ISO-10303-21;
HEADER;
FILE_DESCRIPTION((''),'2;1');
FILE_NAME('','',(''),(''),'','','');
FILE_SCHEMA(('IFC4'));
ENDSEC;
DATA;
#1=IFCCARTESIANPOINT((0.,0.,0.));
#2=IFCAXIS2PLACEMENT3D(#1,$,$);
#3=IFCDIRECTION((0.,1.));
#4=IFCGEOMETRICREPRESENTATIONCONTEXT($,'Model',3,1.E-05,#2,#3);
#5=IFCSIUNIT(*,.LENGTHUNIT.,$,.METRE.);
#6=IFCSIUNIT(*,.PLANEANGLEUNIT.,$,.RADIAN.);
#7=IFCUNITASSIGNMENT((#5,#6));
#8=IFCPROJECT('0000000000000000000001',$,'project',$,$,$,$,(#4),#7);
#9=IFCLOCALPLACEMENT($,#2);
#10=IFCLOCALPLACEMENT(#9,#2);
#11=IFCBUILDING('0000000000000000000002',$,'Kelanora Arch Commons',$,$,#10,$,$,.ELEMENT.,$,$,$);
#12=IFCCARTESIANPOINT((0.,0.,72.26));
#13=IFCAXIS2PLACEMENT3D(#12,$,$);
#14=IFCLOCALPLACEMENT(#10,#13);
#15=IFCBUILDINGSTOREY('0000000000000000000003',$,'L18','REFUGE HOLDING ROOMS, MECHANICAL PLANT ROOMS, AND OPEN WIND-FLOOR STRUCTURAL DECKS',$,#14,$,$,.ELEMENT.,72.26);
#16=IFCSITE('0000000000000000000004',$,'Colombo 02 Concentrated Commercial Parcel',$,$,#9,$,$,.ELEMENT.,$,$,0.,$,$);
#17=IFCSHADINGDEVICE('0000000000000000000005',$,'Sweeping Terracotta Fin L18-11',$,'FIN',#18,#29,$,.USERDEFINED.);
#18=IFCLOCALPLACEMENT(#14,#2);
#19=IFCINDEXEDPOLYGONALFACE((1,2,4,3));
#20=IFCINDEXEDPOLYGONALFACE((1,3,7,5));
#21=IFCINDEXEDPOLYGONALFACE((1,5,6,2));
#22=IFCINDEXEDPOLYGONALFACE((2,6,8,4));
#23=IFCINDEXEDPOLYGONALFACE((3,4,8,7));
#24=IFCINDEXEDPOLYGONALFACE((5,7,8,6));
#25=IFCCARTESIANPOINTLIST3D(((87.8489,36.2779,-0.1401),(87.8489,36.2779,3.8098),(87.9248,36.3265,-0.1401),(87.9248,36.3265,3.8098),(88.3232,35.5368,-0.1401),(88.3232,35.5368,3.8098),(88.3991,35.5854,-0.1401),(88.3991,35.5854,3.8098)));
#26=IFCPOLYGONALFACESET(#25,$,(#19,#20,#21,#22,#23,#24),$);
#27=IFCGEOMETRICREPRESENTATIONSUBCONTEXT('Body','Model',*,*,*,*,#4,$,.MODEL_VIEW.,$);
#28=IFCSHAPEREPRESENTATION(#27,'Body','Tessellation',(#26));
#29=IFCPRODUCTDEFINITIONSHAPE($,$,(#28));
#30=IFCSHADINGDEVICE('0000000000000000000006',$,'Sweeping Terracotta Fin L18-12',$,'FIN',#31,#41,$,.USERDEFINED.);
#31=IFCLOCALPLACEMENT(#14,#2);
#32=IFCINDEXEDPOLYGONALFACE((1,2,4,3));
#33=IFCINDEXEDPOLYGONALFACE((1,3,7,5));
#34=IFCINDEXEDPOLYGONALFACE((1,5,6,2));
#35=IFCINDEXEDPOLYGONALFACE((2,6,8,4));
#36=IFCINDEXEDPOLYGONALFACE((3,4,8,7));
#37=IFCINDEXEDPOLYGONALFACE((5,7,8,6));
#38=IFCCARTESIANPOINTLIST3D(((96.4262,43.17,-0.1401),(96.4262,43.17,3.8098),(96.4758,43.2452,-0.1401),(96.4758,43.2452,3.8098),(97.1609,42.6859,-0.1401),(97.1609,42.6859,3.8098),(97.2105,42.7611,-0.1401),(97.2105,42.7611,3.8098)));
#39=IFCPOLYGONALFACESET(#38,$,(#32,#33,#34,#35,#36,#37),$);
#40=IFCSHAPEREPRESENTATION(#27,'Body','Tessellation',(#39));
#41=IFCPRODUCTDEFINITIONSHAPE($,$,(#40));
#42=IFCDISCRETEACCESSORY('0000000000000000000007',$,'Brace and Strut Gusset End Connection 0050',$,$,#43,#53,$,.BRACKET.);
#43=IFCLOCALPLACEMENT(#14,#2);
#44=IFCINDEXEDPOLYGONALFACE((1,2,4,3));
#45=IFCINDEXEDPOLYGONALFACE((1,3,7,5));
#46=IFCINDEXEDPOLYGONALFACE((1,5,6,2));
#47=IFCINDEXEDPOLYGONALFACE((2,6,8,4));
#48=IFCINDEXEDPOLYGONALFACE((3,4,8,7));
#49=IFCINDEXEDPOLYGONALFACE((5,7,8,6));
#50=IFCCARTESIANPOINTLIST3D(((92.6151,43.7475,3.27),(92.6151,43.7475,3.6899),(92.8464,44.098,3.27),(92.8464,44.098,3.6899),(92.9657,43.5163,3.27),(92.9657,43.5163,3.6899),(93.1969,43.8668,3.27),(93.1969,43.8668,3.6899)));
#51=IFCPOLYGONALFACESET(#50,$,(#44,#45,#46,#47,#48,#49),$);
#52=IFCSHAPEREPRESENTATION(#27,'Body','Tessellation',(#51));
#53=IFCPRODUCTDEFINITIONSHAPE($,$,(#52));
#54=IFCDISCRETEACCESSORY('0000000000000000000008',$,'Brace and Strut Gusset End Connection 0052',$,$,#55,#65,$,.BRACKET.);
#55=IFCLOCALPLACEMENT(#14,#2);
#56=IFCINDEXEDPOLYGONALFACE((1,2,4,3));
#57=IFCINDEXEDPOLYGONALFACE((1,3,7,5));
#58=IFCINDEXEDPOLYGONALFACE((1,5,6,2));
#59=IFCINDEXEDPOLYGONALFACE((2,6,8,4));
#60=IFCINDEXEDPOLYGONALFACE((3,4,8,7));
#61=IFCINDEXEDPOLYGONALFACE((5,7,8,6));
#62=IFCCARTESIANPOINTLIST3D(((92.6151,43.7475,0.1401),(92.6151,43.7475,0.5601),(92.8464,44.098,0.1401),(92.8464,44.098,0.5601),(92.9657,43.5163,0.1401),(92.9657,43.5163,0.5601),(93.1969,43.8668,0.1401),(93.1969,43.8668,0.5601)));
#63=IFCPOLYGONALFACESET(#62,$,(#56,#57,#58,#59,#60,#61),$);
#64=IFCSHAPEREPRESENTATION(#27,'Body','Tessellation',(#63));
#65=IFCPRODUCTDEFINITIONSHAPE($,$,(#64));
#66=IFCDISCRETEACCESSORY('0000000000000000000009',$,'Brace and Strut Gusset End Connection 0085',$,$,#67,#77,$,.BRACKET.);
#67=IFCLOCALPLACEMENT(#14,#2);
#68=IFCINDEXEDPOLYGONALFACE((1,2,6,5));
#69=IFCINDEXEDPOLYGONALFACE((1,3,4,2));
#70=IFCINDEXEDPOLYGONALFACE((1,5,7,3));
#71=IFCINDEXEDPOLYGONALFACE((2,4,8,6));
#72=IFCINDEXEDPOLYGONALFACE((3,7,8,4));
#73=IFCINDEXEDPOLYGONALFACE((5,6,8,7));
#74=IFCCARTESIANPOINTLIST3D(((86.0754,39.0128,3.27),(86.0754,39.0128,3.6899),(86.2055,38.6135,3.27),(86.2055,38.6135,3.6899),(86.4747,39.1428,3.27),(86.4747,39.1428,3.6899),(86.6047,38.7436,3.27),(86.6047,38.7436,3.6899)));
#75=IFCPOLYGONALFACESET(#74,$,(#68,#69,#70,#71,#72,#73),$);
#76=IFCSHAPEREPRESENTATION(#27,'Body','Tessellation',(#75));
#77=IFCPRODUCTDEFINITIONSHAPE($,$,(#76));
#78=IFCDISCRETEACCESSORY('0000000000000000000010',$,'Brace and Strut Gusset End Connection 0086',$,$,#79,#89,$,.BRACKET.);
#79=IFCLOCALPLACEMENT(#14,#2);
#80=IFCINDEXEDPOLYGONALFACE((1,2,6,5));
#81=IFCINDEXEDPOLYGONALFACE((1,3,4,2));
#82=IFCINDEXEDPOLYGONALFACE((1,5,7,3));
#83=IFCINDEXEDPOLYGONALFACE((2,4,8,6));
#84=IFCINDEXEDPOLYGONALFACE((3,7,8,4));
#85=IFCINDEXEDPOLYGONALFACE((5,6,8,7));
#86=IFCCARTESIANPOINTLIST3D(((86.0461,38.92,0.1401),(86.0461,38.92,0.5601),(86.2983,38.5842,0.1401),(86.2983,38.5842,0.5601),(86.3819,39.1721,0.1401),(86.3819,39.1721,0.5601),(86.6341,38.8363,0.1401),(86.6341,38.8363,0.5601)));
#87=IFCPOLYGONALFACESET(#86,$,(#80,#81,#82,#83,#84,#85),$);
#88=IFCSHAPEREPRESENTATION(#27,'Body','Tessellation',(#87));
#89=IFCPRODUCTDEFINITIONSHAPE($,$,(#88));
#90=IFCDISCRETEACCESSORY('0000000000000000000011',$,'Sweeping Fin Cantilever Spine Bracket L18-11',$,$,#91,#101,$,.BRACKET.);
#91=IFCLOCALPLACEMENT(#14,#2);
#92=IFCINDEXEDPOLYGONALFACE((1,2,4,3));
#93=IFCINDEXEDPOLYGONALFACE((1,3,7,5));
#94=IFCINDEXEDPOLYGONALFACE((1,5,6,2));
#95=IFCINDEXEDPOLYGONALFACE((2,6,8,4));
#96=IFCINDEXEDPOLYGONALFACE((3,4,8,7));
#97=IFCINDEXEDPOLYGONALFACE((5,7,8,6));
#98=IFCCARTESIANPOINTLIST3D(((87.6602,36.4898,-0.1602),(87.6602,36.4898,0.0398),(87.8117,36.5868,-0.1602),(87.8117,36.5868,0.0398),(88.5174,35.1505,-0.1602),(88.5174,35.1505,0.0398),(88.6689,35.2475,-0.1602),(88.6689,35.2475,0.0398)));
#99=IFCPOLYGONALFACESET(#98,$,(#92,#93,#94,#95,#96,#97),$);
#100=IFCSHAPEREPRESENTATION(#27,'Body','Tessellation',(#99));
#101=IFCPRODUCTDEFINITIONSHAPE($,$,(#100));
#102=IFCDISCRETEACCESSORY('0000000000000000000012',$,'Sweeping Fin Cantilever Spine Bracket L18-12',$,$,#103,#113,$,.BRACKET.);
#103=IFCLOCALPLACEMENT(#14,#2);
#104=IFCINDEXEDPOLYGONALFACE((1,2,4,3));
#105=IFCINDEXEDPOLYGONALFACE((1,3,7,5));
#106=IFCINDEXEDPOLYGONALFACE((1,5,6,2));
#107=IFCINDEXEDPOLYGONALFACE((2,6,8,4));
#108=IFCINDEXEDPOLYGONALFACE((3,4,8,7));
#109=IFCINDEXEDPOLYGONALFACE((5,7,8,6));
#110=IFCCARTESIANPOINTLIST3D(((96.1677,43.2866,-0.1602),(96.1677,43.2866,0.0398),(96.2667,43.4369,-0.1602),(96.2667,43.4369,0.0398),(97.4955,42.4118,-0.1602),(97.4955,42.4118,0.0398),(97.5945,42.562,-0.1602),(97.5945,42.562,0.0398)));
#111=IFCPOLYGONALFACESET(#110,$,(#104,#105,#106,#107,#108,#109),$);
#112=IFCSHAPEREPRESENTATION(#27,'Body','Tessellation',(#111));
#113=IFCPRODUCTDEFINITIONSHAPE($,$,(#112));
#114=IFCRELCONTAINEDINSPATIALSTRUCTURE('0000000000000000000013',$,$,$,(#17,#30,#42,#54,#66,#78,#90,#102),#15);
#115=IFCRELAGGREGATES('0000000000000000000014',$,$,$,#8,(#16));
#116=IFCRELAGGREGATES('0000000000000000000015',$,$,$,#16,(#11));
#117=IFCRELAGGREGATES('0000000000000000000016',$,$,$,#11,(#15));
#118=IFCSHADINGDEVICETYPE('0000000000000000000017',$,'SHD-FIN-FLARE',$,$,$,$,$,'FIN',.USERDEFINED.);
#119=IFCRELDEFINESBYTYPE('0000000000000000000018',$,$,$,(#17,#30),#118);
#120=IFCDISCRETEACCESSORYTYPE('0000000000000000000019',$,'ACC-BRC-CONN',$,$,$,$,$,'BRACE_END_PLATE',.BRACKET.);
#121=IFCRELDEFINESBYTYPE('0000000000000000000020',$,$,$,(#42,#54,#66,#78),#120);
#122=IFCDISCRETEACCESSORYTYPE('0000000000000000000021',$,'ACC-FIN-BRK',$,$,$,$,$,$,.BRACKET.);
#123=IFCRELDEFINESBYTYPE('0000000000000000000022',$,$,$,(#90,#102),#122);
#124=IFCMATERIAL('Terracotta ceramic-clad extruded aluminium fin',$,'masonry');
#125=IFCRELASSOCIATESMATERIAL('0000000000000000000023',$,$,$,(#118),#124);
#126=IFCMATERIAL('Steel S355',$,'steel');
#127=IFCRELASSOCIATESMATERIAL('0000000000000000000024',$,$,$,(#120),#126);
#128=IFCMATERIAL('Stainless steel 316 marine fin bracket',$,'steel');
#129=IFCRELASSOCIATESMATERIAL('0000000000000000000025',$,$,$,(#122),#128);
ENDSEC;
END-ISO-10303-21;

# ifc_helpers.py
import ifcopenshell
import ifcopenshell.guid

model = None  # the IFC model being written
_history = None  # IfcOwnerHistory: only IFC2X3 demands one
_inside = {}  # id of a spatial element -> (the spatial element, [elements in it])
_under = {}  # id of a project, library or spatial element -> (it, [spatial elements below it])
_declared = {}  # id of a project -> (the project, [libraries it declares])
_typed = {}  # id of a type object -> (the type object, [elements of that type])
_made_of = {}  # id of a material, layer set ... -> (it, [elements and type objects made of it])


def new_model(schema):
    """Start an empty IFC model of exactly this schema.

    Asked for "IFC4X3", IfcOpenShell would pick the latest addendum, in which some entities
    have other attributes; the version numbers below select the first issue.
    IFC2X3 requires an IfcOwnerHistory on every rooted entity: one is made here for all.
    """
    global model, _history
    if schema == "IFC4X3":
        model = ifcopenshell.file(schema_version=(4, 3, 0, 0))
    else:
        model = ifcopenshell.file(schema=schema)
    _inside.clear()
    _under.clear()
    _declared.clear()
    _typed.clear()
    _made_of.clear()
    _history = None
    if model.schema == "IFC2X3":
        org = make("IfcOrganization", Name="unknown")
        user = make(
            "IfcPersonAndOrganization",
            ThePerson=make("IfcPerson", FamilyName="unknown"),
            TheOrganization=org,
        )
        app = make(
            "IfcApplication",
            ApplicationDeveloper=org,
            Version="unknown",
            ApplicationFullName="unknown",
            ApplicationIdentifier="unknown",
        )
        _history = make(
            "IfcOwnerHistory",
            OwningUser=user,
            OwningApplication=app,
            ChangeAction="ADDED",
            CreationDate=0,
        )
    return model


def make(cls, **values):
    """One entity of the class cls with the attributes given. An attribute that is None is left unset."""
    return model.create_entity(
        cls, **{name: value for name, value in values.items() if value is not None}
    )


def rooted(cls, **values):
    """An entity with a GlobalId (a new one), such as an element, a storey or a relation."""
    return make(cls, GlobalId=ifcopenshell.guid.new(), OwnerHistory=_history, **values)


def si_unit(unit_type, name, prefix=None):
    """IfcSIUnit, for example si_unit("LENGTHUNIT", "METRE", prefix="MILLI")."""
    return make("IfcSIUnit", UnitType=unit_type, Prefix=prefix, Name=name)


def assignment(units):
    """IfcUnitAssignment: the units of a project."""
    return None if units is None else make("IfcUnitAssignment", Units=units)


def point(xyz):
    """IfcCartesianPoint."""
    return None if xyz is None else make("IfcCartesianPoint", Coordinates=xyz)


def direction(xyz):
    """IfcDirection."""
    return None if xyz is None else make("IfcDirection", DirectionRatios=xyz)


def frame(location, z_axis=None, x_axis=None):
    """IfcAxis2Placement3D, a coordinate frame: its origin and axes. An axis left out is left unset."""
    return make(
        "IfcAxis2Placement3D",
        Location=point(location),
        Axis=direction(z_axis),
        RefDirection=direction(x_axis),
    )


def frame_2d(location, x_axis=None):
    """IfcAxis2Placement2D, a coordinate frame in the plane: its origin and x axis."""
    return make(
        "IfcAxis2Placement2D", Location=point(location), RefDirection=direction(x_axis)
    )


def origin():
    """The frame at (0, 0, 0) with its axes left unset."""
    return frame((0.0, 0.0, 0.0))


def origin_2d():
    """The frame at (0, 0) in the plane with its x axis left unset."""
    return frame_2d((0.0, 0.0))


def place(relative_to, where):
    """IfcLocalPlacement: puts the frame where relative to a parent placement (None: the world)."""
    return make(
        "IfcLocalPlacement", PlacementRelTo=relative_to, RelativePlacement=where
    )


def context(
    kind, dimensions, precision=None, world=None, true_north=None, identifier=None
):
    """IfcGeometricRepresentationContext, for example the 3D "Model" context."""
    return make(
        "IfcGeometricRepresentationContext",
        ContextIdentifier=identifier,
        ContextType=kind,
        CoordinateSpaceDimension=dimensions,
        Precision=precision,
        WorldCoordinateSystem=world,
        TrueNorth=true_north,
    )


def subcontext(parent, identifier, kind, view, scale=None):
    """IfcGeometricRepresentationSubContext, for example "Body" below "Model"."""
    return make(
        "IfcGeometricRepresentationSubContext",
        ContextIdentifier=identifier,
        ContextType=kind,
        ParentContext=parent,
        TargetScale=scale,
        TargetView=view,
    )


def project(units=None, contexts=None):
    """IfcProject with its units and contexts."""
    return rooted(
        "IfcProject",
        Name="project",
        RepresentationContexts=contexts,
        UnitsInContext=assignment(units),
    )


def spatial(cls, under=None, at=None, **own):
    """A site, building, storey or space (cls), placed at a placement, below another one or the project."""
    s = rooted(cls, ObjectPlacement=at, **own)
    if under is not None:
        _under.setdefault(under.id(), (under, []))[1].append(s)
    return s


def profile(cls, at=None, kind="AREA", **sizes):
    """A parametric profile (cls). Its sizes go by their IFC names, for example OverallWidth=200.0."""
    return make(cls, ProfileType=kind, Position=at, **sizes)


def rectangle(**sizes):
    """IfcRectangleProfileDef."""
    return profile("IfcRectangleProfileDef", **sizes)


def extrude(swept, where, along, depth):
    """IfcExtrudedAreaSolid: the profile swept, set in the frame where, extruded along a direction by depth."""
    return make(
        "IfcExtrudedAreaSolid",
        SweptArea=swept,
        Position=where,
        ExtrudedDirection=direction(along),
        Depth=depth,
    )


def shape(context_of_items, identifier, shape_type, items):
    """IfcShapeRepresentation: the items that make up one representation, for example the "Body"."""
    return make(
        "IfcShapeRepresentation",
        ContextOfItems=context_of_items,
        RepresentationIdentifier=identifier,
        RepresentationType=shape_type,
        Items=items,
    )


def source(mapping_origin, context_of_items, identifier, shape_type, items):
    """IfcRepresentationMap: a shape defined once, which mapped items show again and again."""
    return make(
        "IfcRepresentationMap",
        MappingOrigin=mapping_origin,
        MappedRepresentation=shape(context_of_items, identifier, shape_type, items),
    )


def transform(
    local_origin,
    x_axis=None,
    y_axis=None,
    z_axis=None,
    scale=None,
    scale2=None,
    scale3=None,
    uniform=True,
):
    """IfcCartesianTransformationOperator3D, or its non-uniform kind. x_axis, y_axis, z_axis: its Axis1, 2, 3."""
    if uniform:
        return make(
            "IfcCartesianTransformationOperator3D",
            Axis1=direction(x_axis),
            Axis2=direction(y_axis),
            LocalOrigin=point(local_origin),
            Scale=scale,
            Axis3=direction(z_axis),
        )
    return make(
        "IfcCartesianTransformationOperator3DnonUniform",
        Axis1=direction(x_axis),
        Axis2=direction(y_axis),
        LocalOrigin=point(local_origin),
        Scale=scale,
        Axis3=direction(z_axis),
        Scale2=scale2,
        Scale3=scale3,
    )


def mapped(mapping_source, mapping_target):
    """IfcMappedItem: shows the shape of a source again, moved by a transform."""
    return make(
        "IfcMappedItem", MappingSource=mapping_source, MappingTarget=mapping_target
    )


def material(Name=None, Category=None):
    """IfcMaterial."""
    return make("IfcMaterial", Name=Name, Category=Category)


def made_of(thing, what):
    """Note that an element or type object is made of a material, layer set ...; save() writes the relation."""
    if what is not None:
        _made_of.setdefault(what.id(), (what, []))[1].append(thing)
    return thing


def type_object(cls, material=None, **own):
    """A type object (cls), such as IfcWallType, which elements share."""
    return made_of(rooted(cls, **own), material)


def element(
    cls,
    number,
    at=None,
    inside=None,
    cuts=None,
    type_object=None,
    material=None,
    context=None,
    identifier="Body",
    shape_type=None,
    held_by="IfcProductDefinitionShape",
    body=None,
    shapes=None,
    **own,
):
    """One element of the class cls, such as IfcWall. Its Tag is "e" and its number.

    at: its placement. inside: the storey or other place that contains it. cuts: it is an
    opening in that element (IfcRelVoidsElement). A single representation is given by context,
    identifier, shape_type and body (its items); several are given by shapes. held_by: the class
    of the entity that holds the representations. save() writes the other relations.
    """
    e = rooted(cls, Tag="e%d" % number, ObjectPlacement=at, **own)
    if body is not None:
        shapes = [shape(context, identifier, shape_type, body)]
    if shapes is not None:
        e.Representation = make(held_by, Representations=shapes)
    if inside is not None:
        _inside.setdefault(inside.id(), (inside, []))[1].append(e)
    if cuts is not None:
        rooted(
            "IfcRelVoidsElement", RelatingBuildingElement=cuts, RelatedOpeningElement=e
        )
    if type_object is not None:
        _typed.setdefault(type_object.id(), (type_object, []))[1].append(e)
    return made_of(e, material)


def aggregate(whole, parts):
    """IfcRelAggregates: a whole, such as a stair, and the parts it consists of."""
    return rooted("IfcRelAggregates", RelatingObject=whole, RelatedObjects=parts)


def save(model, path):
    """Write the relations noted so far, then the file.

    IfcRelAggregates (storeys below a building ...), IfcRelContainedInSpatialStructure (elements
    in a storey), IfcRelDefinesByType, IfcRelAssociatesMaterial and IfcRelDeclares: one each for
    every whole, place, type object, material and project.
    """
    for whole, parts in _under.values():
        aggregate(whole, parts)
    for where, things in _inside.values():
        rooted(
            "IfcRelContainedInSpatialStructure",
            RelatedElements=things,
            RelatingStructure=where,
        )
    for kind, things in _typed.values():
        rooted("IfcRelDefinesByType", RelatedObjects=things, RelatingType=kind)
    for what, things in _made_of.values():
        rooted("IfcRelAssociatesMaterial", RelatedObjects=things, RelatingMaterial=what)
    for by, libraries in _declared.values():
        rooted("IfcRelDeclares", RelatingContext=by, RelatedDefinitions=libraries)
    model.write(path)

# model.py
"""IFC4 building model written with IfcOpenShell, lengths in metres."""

from ifc_helpers import new_model, si_unit, direction, frame, origin, origin_2d, place, context, subcontext, project, spatial, rectangle, extrude, source, transform, mapped, material, type_object, element, save


model = new_model("IFC4")

# Units and contexts
model_context = context("Model", 3, precision=1e-05, world=origin(), true_north=direction((0.0, 1.0)))
body_context = subcontext(model_context, "Body", "Model", "MODEL_VIEW")
ifc_project = project(units=[si_unit("LENGTHUNIT", "METRE"), si_unit("PLANEANGLEUNIT", "RADIAN")], contexts=[model_context])

# Site, building, storey
site_placement = place(None, origin())
site = spatial("IfcSite", under=ifc_project, at=site_placement, Name="Colombo 02 Concentrated Commercial Parcel", CompositionType="ELEMENT", RefElevation=0.0)
building_placement = place(site_placement, origin())
building = spatial("IfcBuilding", under=site, at=building_placement, Name="Kelanora Arch Commons", CompositionType="ELEMENT")
storey_placement = place(building_placement, frame((0.0, 0.0, 72.26)))
storey = spatial("IfcBuildingStorey", under=building, at=storey_placement, Name="L18", Description="REFUGE HOLDING ROOMS, MECHANICAL PLANT ROOMS, AND OPEN WIND-FLOOR STRUCTURAL DECKS", CompositionType="ELEMENT", Elevation=72.26)

# Shared definitions
ifc_material_1 = material(Name="Steel S355", Category="steel")

# Shading devices
ifc_material_2 = material(Name="Terracotta ceramic-clad extruded aluminium fin", Category="masonry")
shading_device_type = type_object("IfcShadingDeviceType", Name="SHD-FIN-FLARE", ElementType="FIN", PredefinedType="USERDEFINED", material=ifc_material_2)
shared_shape_1 = source(origin(), body_context, "Body", "SweptSolid", [
    extrude(rectangle(XDim=0.8799, YDim=0.0901, at=origin_2d()), origin(), (0.0, 0.0, 1.0), 3.95),
])
for number, where, z_axis, x_axis, name in (
    (1, (88.124, 35.9316, -0.1401), (0.0, 0.0, 1.0), (0.539065, -0.842264, 0.0), "Sweeping Terracotta Fin L18-11"),
    (2, (96.8184, 42.9656, -0.1401), (0.0, 0.0, 1.0), (0.83504, -0.550189, 0.0), "Sweeping Terracotta Fin L18-12"),
):
    element("IfcShadingDevice", number, at=place(storey_placement, frame(where, z_axis=z_axis, x_axis=x_axis)), inside=storey, type_object=shading_device_type, Name=name, ObjectType="FIN", PredefinedType="USERDEFINED", context=body_context, shape_type="MappedRepresentation", body=[
        mapped(shared_shape_1, transform((0.0, 0.0, 0.0), scale=1.0)),
    ])

# Discrete accessories
discrete_accessory_type_1 = type_object("IfcDiscreteAccessoryType", Name="ACC-BRC-CONN", ElementType="BRACE_END_PLATE", PredefinedType="BRACKET", material=ifc_material_1)
shared_shape_2 = source(origin(), body_context, "Body", "SweptSolid", [
    extrude(rectangle(XDim=0.4199, YDim=0.4199, at=origin_2d()), origin(), (0.0, 0.0, 1.0), 0.4199),
])
for number, where, z_axis, x_axis, name in (
    (3, (92.906, 43.8071, 3.27), (0.0, 0.0, 1.0), (0.834752, -0.550626, 0.0), "Brace and Strut Gusset End Connection 0050"),
    (4, (92.906, 43.8071, 0.1401), (0.0, 0.0, 1.0), (0.834752, -0.550626, 0.0), "Brace and Strut Gusset End Connection 0052"),
    (5, (86.3401, 38.8782, 3.27), (0.0, 0.0, 1.0), (0.950841, 0.309681, 0.0), "Brace and Strut Gusset End Connection 0085"),
    (6, (86.3401, 38.8782, 0.1401), (0.0, 0.0, 1.0), (0.799685, 0.60042, 0.0), "Brace and Strut Gusset End Connection 0086"),
):
    element("IfcDiscreteAccessory", number, at=place(storey_placement, frame(where, z_axis=z_axis, x_axis=x_axis)), inside=storey, type_object=discrete_accessory_type_1, Name=name, PredefinedType="BRACKET", context=body_context, shape_type="MappedRepresentation", body=[
        mapped(shared_shape_2, transform((0.0, 0.0, 0.0), scale=1.0)),
    ])
ifc_material_3 = material(Name="Stainless steel 316 marine fin bracket", Category="steel")
discrete_accessory_type_2 = type_object("IfcDiscreteAccessoryType", Name="ACC-FIN-BRK", PredefinedType="BRACKET", material=ifc_material_3)
shared_shape_3 = source(origin(), body_context, "Body", "SweptSolid", [
    extrude(rectangle(XDim=1.5901, YDim=0.1799, at=origin_2d()), origin(), (0.0, 0.0, 1.0), 0.2),
])
for number, where, z_axis, x_axis, name in (
    (7, (88.1646, 35.8687, -0.1602), (0.0, 0.0, 1.0), (0.539065, -0.842264, 0.0), "Sweeping Fin Cantilever Spine Bracket L18-11"),
    (8, (96.8811, 42.9243, -0.1602), (0.0, 0.0, 1.0), (0.83504, -0.550189, 0.0), "Sweeping Fin Cantilever Spine Bracket L18-12"),
):
    element("IfcDiscreteAccessory", number, at=place(storey_placement, frame(where, z_axis=z_axis, x_axis=x_axis)), inside=storey, type_object=discrete_accessory_type_2, Name=name, PredefinedType="BRACKET", context=body_context, shape_type="MappedRepresentation", body=[
        mapped(shared_shape_3, transform((0.0, 0.0, 0.0), scale=1.0)),
    ])

save(model, "model.ifc")
